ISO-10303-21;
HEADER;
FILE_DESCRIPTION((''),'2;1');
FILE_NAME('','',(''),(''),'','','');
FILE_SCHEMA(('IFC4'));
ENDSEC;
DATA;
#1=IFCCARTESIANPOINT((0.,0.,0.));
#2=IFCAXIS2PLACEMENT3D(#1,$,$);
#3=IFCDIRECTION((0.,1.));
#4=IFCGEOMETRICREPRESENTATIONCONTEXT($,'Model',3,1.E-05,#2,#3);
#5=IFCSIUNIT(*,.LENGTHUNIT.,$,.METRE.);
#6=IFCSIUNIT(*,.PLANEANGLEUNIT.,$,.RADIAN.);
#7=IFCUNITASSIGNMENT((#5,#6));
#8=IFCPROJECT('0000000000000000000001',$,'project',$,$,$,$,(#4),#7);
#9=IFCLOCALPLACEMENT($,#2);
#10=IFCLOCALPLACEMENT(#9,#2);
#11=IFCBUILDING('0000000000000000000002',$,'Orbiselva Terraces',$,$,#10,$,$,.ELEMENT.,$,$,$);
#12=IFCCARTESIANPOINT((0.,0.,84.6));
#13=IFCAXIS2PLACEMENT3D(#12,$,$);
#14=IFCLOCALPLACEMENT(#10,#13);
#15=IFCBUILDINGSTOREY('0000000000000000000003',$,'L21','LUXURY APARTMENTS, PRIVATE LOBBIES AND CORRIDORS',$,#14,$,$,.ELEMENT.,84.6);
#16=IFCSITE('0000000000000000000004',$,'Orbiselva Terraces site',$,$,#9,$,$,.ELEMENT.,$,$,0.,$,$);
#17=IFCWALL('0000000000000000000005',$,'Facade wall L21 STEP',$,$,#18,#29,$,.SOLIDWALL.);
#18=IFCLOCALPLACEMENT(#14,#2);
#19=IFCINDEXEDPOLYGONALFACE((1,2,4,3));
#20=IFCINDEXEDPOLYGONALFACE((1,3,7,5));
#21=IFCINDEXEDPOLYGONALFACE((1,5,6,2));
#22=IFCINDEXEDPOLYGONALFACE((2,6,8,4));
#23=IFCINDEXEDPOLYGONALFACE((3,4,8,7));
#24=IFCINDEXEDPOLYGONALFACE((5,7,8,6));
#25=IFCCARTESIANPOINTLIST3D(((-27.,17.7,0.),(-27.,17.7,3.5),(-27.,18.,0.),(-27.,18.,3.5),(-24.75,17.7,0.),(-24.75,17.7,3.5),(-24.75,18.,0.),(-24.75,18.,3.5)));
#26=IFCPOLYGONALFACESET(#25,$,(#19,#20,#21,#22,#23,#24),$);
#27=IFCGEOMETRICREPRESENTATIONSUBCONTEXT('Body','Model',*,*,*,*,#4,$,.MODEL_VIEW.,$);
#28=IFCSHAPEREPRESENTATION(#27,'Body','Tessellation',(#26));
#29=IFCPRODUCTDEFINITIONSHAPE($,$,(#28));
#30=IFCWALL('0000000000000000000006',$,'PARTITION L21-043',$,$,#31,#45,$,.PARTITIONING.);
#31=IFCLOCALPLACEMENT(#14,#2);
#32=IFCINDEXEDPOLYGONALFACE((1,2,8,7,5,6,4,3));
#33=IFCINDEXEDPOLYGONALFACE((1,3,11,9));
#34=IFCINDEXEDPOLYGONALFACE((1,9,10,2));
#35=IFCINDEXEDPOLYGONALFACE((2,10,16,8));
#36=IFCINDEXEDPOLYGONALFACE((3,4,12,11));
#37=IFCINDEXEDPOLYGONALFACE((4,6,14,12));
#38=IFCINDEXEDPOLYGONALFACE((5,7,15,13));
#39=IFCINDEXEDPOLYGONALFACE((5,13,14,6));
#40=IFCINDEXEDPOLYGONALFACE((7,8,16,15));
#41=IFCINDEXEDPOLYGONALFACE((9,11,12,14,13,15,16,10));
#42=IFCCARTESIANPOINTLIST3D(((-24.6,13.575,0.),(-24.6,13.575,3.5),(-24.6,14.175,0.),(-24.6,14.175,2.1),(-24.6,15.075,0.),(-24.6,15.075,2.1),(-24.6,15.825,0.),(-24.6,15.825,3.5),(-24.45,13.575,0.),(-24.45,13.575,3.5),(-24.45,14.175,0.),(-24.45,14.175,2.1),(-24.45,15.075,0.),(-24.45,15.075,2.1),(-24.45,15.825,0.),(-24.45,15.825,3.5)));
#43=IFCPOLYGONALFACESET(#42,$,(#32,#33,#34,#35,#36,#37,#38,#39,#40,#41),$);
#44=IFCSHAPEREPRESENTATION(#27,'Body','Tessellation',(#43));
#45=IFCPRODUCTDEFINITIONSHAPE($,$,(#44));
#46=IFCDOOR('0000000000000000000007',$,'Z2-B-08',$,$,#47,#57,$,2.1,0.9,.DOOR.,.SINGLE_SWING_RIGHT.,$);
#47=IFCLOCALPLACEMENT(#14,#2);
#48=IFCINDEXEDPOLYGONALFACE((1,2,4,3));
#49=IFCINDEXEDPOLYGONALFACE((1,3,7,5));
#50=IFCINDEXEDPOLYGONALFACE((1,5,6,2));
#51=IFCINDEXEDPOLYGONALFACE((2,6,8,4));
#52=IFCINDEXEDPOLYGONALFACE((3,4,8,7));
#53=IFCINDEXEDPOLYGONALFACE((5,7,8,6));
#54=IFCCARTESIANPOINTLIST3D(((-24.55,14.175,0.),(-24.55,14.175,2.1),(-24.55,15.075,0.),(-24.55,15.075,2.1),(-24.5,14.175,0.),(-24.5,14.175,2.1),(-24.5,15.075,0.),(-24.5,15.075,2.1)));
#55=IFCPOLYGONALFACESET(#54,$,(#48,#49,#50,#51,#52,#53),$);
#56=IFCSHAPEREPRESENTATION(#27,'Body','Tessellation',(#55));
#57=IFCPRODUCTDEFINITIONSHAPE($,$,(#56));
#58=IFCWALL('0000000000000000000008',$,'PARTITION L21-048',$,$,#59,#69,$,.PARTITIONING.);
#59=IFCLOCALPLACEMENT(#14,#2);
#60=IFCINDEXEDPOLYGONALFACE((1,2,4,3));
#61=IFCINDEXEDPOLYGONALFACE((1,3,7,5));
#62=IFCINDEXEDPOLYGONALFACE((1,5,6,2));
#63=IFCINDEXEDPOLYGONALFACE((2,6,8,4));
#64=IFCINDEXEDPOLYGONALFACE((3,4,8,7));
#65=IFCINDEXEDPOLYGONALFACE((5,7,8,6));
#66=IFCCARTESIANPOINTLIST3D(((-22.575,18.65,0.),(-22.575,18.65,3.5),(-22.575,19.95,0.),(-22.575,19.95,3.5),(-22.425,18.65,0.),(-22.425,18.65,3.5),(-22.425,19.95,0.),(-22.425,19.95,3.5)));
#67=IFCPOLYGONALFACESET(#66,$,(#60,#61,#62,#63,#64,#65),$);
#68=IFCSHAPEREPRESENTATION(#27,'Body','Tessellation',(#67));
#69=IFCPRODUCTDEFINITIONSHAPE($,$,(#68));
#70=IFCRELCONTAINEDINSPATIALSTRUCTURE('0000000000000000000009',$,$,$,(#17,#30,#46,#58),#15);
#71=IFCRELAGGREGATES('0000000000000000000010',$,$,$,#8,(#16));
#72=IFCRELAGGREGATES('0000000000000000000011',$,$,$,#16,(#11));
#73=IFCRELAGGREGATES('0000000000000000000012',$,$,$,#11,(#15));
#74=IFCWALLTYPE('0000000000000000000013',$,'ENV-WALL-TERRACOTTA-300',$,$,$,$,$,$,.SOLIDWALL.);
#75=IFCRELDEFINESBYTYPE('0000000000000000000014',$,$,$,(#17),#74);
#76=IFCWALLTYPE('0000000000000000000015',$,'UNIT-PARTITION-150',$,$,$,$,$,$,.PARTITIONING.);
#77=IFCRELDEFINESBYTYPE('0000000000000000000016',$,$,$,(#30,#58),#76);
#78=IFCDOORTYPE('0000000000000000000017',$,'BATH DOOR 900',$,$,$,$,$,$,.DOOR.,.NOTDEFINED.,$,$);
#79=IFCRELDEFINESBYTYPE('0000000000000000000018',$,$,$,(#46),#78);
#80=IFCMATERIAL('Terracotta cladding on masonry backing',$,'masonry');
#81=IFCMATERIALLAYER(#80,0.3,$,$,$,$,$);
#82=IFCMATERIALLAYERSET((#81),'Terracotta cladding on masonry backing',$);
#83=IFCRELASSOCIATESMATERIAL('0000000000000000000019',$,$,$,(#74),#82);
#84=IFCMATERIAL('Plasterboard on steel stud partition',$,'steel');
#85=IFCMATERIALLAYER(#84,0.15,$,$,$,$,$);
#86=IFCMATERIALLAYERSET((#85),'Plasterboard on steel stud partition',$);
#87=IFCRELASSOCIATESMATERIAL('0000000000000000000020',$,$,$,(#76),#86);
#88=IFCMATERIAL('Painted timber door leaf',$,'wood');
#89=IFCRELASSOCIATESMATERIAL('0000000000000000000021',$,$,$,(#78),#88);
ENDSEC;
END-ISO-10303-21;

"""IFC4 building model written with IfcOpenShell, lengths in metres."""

from ifc_helpers import new_model, si_unit, direction, frame, frame_2d, origin, place, context, subcontext, project, spatial, rectangle, extrude, material, layer, layer_set, type_object, element, fill, save


model = new_model("IFC4")

# Units and contexts
model_context = context("Model", 3, precision=1e-05, world=origin(), true_north=direction((0.0, 1.0)))
body_context = subcontext(model_context, "Body", "Model", "MODEL_VIEW")
ifc_project = project(units=[si_unit("LENGTHUNIT", "METRE"), si_unit("PLANEANGLEUNIT", "RADIAN")], contexts=[model_context])

# Site, building, storey
site_placement = place(None, origin())
site = spatial("IfcSite", under=ifc_project, at=site_placement, Name="Orbiselva Terraces site", CompositionType="ELEMENT", RefElevation=0.0)
building_placement = place(site_placement, origin())
building = spatial("IfcBuilding", under=site, at=building_placement, Name="Orbiselva Terraces", CompositionType="ELEMENT")
storey_placement = place(building_placement, frame((0.0, 0.0, 84.6)))
storey = spatial("IfcBuildingStorey", under=building, at=storey_placement, Name="L21", Description="LUXURY APARTMENTS, PRIVATE LOBBIES AND CORRIDORS", CompositionType="ELEMENT", Elevation=84.6)

# Shared definitions
ifc_material_1 = material(Name="Terracotta cladding on masonry backing", Category="masonry")
ifc_layer_1 = layer(ifc_material_1, 0.3)
ifc_layer_set_1 = layer_set([ifc_layer_1], Name="Terracotta cladding on masonry backing")
wall_type_1 = type_object("IfcWallType", Name="ENV-WALL-TERRACOTTA-300", PredefinedType="SOLIDWALL", material=ifc_layer_set_1)

# Wall
wall_1_placement = place(storey_placement, frame((-27.0, 17.85, 0.0), z_axis=(0.0, 0.0, 1.0), x_axis=(1.0, 0.0, 0.0)))
element("IfcWall", 1, at=wall_1_placement, inside=storey, type_object=wall_type_1, Name="Facade wall L21 STEP", PredefinedType="SOLIDWALL", context=body_context, shape_type="SweptSolid", body=[
    extrude(rectangle(XDim=2.25, YDim=0.3, at=frame_2d((1.125, 0.0))), origin(), (0.0, 0.0, 1.0), 3.5),
])

# Wall, opening, door
ifc_material_2 = material(Name="Plasterboard on steel stud partition", Category="steel")
ifc_layer_2 = layer(ifc_material_2, 0.15)
ifc_layer_set_2 = layer_set([ifc_layer_2], Name="Plasterboard on steel stud partition")
wall_type_2 = type_object("IfcWallType", Name="UNIT-PARTITION-150", PredefinedType="PARTITIONING", material=ifc_layer_set_2)
wall_2_placement = place(storey_placement, frame((-24.525, 15.825, 0.0), z_axis=(0.0, 0.0, 1.0), x_axis=(0.0, -1.0, 0.0)))
wall_2 = element("IfcWall", 2, at=wall_2_placement, inside=storey, type_object=wall_type_2, Name="PARTITION L21-043", PredefinedType="PARTITIONING", context=body_context, shape_type="SweptSolid", body=[
    extrude(rectangle(XDim=2.25, YDim=0.15, at=frame_2d((1.125, 0.0))), origin(), (0.0, 0.0, 1.0), 3.5),
])
opening_1_placement = place(wall_2_placement, frame((0.75, 0.0, 0.0)))
opening_1 = element("IfcOpeningElement", 3, at=opening_1_placement, cuts=wall_2, PredefinedType="OPENING", context=body_context, shape_type="SweptSolid", body=[
    extrude(rectangle(XDim=0.9, YDim=2.1, at=frame_2d((0.45, 1.05))), frame((0.0, 0.085, 0.0), z_axis=(0.0, -1.0, 0.0), x_axis=(1.0, 0.0, 0.0)), (0.0, 0.0, 1.0), 0.17),
])
ifc_material_3 = material(Name="Painted timber door leaf", Category="wood")
door_type_1 = type_object("IfcDoorType", Name="BATH DOOR 900", OperationType="NOTDEFINED", PredefinedType="DOOR", material=ifc_material_3)
door_1_placement = place(opening_1_placement, origin())
door_1 = element("IfcDoor", 4, at=door_1_placement, inside=storey, type_object=door_type_1, Name="Z2-B-08", OperationType="SINGLE_SWING_RIGHT", OverallHeight=2.1, OverallWidth=0.9, PredefinedType="DOOR", context=body_context, shape_type="SweptSolid", body=[
    extrude(rectangle(XDim=0.9, YDim=2.1, at=frame_2d((0.45, 1.05))), frame((0.0, 0.025, 0.0), z_axis=(0.0, -1.0, 0.0), x_axis=(1.0, 0.0, 0.0)), (0.0, 0.0, 1.0), 0.05),
])
fill(opening_1, door_1)

# Wall
wall_3_placement = place(storey_placement, frame((-22.5, 18.65, 0.0), z_axis=(0.0, 0.0, 1.0), x_axis=(0.0, 1.0, 0.0)))
element("IfcWall", 5, at=wall_3_placement, inside=storey, type_object=wall_type_2, Name="PARTITION L21-048", PredefinedType="PARTITIONING", context=body_context, shape_type="SweptSolid", body=[
    extrude(rectangle(XDim=1.3, YDim=0.15, at=frame_2d((0.65, 0.0))), origin(), (0.0, 0.0, 1.0), 3.5),
])

save(model, "model.ifc")
